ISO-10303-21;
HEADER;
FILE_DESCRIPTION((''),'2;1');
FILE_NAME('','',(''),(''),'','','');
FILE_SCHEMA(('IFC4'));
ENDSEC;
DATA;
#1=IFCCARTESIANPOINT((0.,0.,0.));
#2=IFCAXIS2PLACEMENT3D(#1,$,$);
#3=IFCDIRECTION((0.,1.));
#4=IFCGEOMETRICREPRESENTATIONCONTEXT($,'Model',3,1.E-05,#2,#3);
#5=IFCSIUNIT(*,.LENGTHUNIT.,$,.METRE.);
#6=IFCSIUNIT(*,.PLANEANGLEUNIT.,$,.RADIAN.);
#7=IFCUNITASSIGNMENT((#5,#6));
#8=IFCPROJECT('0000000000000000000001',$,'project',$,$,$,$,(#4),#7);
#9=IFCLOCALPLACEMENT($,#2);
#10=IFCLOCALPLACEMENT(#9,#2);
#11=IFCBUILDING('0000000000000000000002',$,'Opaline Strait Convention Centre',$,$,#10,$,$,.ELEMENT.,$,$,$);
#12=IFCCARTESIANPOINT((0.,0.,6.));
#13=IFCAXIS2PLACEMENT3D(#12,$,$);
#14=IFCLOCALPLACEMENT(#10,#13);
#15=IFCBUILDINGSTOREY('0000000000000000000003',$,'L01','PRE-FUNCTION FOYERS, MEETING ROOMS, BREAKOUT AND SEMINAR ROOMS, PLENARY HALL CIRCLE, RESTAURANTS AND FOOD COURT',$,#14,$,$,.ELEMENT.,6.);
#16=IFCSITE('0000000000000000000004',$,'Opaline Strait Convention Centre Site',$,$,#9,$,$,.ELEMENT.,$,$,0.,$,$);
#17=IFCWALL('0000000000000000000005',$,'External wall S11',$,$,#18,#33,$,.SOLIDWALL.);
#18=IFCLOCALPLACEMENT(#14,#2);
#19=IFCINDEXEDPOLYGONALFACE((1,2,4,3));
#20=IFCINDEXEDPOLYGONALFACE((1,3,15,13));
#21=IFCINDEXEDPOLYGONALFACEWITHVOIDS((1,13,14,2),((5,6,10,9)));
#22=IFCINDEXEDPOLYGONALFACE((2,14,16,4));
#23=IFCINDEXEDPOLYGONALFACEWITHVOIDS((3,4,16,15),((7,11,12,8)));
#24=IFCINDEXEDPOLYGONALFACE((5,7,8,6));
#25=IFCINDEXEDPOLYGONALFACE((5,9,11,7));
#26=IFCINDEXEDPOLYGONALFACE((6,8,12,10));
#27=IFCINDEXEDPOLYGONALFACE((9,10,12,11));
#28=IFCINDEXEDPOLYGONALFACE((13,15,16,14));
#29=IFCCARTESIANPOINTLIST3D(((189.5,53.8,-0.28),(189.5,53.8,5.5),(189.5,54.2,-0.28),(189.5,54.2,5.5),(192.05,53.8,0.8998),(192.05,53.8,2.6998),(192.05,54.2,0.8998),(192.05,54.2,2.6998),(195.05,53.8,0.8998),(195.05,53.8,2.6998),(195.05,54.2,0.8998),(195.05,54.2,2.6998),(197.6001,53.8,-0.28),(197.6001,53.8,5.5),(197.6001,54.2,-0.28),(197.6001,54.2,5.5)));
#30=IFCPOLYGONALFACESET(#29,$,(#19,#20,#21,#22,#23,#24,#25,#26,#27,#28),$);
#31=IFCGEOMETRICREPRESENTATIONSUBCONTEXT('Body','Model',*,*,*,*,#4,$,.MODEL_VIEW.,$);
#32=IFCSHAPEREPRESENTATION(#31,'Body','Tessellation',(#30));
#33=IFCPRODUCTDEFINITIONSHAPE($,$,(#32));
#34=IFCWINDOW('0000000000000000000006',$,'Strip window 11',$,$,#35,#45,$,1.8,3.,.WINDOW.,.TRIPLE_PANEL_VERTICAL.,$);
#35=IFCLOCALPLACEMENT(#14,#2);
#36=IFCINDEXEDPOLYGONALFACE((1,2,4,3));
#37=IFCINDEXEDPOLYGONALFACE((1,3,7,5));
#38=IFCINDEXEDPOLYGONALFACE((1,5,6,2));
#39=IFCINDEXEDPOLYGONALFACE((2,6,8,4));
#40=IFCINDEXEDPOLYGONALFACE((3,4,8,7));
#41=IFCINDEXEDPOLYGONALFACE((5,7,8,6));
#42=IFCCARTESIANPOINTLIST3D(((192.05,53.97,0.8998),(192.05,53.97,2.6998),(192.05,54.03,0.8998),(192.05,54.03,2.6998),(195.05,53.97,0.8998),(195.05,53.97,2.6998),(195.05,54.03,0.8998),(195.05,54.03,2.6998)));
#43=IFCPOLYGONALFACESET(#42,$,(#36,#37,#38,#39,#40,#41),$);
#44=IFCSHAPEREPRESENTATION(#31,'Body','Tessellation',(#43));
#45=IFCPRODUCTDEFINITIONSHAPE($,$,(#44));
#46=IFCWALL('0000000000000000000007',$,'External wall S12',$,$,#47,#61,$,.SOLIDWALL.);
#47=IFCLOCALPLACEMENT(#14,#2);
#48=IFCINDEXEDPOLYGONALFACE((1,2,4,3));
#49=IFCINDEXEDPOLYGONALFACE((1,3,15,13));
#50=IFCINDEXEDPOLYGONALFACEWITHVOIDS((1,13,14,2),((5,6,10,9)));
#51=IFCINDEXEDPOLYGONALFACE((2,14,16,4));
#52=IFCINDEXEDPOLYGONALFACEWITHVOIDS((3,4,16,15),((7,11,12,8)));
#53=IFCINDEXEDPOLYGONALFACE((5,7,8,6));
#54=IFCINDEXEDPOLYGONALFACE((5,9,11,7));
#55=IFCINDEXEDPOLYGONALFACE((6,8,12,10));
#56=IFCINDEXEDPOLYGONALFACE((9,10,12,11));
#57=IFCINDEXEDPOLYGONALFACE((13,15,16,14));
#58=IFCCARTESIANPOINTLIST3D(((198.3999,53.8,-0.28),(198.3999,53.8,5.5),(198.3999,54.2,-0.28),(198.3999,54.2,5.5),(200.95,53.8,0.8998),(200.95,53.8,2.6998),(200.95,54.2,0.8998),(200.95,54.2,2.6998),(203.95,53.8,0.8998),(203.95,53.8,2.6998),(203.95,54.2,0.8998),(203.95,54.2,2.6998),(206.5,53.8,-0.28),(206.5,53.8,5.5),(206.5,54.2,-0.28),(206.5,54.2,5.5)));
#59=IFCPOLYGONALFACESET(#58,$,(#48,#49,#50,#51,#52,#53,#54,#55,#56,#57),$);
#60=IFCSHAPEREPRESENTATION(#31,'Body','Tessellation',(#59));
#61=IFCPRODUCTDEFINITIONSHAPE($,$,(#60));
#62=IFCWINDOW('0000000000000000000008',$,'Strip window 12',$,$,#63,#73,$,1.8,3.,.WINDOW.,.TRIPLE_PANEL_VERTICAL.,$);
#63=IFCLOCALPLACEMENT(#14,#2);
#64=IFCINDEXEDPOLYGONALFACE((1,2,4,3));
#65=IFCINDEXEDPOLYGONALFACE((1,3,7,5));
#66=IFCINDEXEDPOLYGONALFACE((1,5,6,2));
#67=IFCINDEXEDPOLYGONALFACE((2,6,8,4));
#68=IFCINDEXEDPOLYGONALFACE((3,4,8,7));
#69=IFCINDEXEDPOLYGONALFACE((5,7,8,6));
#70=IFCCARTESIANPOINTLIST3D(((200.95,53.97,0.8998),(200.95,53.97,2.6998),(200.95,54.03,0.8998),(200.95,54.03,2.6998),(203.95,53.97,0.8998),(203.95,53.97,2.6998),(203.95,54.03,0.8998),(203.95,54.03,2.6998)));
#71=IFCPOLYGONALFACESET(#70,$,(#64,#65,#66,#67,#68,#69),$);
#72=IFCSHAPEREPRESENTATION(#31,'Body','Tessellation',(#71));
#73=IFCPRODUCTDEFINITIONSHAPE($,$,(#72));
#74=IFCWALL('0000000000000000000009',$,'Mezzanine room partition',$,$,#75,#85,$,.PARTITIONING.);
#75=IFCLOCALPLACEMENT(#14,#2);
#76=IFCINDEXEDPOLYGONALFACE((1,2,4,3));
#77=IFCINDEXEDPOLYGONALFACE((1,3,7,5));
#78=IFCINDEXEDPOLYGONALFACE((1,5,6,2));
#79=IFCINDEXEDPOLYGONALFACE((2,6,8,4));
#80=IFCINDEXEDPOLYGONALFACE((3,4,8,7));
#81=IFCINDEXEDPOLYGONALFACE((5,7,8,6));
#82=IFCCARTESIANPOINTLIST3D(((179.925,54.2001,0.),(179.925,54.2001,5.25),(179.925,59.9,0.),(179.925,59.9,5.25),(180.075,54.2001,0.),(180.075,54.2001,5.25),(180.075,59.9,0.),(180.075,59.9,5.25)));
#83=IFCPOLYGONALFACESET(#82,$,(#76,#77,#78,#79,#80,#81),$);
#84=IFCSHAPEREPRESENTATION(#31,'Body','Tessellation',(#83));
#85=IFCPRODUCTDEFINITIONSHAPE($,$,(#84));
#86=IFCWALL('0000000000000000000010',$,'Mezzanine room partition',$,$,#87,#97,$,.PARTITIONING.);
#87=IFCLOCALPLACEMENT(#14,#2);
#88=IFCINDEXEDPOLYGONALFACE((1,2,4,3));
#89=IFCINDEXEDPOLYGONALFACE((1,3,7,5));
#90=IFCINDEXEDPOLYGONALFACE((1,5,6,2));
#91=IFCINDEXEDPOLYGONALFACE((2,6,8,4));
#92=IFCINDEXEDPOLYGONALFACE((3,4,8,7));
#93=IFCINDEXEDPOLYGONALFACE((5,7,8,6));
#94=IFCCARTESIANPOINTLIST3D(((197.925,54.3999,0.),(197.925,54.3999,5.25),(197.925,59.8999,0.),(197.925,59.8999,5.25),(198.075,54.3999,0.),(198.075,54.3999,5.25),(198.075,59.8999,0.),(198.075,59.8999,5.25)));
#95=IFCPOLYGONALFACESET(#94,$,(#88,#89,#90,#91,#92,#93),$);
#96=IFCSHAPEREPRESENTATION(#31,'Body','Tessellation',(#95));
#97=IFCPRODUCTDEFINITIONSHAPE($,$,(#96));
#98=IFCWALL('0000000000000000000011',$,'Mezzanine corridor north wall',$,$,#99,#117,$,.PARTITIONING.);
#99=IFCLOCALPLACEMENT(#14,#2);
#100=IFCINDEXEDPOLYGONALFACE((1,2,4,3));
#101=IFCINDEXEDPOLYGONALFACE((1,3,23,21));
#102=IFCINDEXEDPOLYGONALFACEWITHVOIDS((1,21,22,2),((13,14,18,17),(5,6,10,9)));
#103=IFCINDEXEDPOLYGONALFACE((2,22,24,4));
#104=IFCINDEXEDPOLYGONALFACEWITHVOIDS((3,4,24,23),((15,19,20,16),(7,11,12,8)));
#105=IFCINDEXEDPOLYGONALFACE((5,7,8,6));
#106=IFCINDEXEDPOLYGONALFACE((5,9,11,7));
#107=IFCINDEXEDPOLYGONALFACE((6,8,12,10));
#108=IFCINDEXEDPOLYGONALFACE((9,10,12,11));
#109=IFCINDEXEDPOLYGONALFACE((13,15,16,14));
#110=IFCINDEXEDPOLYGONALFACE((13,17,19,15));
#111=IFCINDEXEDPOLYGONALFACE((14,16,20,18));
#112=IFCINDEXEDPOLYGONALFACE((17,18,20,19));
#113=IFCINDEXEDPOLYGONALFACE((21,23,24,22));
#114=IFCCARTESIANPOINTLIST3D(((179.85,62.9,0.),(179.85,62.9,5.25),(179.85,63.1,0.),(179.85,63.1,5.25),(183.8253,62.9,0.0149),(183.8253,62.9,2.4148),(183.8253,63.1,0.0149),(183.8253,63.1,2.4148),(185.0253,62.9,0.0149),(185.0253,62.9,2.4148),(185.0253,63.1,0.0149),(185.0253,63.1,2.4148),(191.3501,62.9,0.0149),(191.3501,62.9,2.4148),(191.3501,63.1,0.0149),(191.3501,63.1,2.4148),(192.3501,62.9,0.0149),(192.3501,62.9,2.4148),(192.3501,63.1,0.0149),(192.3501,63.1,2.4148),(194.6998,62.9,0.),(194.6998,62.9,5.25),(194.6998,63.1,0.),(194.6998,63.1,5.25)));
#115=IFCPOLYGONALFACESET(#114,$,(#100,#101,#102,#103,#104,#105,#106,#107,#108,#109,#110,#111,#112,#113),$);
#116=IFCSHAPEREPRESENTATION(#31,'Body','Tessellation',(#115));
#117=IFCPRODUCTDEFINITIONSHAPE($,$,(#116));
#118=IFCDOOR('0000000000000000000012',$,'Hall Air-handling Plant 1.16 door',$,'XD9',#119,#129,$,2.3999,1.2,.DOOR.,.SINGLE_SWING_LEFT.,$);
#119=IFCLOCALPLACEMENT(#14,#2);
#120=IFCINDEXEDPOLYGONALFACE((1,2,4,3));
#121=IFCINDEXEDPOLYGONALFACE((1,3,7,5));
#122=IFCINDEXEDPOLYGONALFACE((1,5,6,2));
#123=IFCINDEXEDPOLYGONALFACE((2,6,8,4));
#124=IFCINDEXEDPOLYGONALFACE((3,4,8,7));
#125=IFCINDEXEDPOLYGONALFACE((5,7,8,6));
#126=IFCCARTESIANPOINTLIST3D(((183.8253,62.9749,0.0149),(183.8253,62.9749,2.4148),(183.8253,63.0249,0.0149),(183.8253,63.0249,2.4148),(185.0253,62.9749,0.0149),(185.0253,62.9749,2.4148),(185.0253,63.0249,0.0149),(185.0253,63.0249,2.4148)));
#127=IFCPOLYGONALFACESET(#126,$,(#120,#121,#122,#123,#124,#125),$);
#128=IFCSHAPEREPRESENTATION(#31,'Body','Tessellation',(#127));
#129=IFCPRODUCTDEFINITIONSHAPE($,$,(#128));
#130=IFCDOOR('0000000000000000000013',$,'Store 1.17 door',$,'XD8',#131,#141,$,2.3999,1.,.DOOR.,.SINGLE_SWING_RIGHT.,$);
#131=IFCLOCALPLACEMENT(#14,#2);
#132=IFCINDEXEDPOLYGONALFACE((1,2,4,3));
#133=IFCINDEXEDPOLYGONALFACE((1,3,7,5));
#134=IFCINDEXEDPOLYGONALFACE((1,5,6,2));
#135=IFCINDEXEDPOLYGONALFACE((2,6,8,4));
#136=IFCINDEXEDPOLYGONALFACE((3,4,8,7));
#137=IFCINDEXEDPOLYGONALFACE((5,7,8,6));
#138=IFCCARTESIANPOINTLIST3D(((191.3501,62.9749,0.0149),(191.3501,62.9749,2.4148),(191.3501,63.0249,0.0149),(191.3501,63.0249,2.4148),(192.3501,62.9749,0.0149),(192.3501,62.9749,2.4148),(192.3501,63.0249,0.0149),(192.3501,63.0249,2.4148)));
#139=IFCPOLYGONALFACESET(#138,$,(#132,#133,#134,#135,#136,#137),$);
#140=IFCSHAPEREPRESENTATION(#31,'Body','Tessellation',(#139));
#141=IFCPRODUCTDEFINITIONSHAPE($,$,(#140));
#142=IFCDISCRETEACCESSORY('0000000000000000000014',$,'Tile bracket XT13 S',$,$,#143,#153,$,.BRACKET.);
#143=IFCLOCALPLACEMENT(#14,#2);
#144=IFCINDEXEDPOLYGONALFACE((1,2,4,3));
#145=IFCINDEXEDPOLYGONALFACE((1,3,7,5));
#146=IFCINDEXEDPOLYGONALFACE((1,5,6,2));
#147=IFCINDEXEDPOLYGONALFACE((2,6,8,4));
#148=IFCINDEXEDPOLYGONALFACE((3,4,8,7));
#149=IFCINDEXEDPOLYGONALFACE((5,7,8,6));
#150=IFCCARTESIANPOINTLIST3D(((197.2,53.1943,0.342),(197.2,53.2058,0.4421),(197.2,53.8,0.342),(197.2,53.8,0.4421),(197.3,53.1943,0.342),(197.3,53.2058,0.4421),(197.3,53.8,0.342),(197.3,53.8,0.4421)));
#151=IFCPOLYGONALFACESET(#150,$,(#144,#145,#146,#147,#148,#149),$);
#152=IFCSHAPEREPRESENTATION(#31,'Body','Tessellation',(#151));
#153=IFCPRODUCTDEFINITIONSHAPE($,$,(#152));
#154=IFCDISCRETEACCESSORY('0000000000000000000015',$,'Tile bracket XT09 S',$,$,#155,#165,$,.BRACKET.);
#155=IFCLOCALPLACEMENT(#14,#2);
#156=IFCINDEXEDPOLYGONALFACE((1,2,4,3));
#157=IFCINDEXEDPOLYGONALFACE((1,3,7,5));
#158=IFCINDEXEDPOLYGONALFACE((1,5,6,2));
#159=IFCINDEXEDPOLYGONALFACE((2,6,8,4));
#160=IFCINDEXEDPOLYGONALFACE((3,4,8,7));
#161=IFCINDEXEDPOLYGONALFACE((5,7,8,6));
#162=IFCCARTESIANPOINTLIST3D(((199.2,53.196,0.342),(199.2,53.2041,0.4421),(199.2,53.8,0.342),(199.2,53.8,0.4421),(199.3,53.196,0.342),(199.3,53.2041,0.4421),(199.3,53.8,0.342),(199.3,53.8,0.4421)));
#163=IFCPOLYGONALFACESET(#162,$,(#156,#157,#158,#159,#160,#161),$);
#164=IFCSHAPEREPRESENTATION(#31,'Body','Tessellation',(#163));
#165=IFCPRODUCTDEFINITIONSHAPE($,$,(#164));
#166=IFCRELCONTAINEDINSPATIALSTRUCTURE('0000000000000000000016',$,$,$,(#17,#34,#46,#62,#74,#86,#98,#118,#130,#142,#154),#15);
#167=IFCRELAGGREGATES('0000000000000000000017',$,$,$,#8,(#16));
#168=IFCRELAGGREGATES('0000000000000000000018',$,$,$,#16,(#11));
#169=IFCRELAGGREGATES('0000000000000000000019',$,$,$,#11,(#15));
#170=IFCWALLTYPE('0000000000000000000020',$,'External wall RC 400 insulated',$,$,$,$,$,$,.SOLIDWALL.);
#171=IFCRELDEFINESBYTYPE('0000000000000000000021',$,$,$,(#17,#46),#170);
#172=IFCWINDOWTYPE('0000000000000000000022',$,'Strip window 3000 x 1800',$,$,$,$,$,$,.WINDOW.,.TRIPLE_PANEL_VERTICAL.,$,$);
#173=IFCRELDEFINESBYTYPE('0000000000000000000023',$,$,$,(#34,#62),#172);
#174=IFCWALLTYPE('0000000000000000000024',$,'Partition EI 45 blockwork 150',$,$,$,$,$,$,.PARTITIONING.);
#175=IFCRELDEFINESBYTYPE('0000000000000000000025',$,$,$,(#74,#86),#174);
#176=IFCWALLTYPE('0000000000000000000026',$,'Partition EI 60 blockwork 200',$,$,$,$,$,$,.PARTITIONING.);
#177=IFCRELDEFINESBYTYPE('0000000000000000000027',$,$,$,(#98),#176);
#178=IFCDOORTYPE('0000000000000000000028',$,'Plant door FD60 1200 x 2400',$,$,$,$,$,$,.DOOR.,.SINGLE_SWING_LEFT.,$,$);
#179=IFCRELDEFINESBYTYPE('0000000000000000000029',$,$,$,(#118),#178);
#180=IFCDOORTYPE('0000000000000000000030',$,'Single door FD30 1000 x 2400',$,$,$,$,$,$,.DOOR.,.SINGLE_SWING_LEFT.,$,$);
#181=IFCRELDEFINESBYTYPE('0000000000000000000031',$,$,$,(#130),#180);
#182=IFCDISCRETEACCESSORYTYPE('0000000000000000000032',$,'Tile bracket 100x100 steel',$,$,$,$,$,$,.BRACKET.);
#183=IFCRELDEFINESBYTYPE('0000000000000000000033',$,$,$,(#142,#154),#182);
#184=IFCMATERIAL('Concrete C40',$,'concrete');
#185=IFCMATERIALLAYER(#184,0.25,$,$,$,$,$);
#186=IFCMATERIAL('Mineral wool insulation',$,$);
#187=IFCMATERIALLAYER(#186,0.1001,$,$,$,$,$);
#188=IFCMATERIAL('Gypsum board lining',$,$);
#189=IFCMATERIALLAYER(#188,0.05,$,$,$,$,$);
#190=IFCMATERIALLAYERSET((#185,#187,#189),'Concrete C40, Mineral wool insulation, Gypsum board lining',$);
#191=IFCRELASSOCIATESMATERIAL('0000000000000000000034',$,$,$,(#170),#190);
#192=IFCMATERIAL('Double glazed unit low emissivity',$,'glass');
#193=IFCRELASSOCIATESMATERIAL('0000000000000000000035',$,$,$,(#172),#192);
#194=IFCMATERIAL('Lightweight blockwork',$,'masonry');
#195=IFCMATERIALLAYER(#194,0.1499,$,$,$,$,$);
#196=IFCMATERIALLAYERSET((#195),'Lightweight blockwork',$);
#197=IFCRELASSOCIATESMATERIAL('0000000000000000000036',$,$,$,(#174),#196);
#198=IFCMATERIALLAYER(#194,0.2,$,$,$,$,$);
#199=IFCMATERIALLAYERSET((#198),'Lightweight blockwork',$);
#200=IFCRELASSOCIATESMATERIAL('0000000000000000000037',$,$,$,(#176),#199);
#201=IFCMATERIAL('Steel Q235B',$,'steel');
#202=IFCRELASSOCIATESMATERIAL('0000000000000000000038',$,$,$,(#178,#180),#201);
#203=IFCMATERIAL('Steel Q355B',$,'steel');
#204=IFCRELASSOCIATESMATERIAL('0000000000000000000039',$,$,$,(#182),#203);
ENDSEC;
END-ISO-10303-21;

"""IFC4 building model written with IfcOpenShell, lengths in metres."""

from ifc_helpers import new_model, si_unit, direction, frame, frame_2d, origin, place, context, subcontext, project, spatial, polyline, rectangle, outline, extrude, material, layer, layer_set, type_object, element, fill, save


model = new_model("IFC4")

# Units and contexts
model_context = context("Model", 3, precision=1e-05, world=origin(), true_north=direction((0.0, 1.0)))
body_context = subcontext(model_context, "Body", "Model", "MODEL_VIEW")
ifc_project = project(units=[si_unit("LENGTHUNIT", "METRE"), si_unit("PLANEANGLEUNIT", "RADIAN")], contexts=[model_context])

# Site, building, storey
site_placement = place(None, origin())
site = spatial("IfcSite", under=ifc_project, at=site_placement, Name="Opaline Strait Convention Centre Site", CompositionType="ELEMENT", RefElevation=0.0)
building_placement = place(site_placement, origin())
building = spatial("IfcBuilding", under=site, at=building_placement, Name="Opaline Strait Convention Centre", CompositionType="ELEMENT")
storey_placement = place(building_placement, frame((0.0, 0.0, 6.0)))
storey = spatial("IfcBuildingStorey", under=building, at=storey_placement, Name="L01", Description="PRE-FUNCTION FOYERS, MEETING ROOMS, BREAKOUT AND SEMINAR ROOMS, PLENARY HALL CIRCLE, RESTAURANTS AND FOOD COURT", CompositionType="ELEMENT", Elevation=6.0)

# Shared definitions
ifc_material_1 = material(Name="Steel Q355B", Category="steel")
ifc_material_2 = material(Name="Concrete C40", Category="concrete")

# Walls, openings, windows
ifc_layer_1 = layer(ifc_material_2, 0.25)
ifc_material_3 = material(Name="Mineral wool insulation")
ifc_layer_2 = layer(ifc_material_3, 0.1001)
ifc_material_4 = material(Name="Gypsum board lining")
ifc_layer_3 = layer(ifc_material_4, 0.05)
ifc_layer_set_1 = layer_set([ifc_layer_1, ifc_layer_2, ifc_layer_3], Name="Concrete C40, Mineral wool insulation, Gypsum board lining")
wall_type_1 = type_object("IfcWallType", Name="External wall RC 400 insulated", PredefinedType="SOLIDWALL", material=ifc_layer_set_1)
ifc_material_5 = material(Name="Double glazed unit low emissivity", Category="glass")
window_type = type_object("IfcWindowType", Name="Strip window 3000 x 1800", PartitioningType="TRIPLE_PANEL_VERTICAL", PredefinedType="WINDOW", material=ifc_material_5)
wall_1_placement = place(storey_placement, frame((189.5, 54.0, -0.28), z_axis=(0.0, 0.0, 1.0), x_axis=(1.0, 0.0, 0.0)))
wall_1 = element("IfcWall", 1, at=wall_1_placement, inside=storey, type_object=wall_type_1, Name="External wall S11", PredefinedType="SOLIDWALL", context=body_context, shape_type="SweptSolid", body=[
    extrude(rectangle(XDim=8.1001, YDim=0.3999, at=frame_2d((4.05, 0.0))), origin(), (0.0, 0.0, 1.0), 5.78),
])
opening_1_placement = place(wall_1_placement, frame((2.55, 0.0, 1.1799)))
opening_1 = element("IfcOpeningElement", 2, at=opening_1_placement, cuts=wall_1, PredefinedType="OPENING", context=body_context, shape_type="SweptSolid", body=[
    extrude(rectangle(XDim=3.0, YDim=1.8, at=frame_2d((1.5, 0.8999))), frame((0.0, 0.21, 0.0), z_axis=(0.0, -1.0, 0.0), x_axis=(1.0, 0.0, 0.0)), (0.0, 0.0, 1.0), 0.4199),
])
window_1_placement = place(opening_1_placement, origin())
window_1 = element("IfcWindow", 3, at=window_1_placement, inside=storey, type_object=window_type, Name="Strip window 11", OverallHeight=1.8, OverallWidth=3.0, PartitioningType="TRIPLE_PANEL_VERTICAL", PredefinedType="WINDOW", context=body_context, shape_type="SweptSolid", body=[
    extrude(rectangle(XDim=3.0, YDim=1.8, at=frame_2d((1.5, 0.8999))), frame((0.0, 0.03, 0.0), z_axis=(0.0, -1.0, 0.0), x_axis=(1.0, 0.0, 0.0)), (0.0, 0.0, 1.0), 0.0601),
])
fill(opening_1, window_1)
wall_2_placement = place(storey_placement, frame((198.3999, 54.0, -0.28), z_axis=(0.0, 0.0, 1.0), x_axis=(1.0, 0.0, 0.0)))
wall_2 = element("IfcWall", 4, at=wall_2_placement, inside=storey, type_object=wall_type_1, Name="External wall S12", PredefinedType="SOLIDWALL", context=body_context, shape_type="SweptSolid", body=[
    extrude(rectangle(XDim=8.1001, YDim=0.3999, at=frame_2d((4.05, 0.0))), origin(), (0.0, 0.0, 1.0), 5.78),
])
opening_2_placement = place(wall_2_placement, frame((2.55, 0.0, 1.1799)))
opening_2 = element("IfcOpeningElement", 5, at=opening_2_placement, cuts=wall_2, PredefinedType="OPENING", context=body_context, shape_type="SweptSolid", body=[
    extrude(rectangle(XDim=3.0, YDim=1.8, at=frame_2d((1.5, 0.8999))), frame((0.0, 0.21, 0.0), z_axis=(0.0, -1.0, 0.0), x_axis=(1.0, 0.0, 0.0)), (0.0, 0.0, 1.0), 0.4199),
])
window_2_placement = place(opening_2_placement, origin())
window_2 = element("IfcWindow", 6, at=window_2_placement, inside=storey, type_object=window_type, Name="Strip window 12", OverallHeight=1.8, OverallWidth=3.0, PartitioningType="TRIPLE_PANEL_VERTICAL", PredefinedType="WINDOW", context=body_context, shape_type="SweptSolid", body=[
    extrude(rectangle(XDim=3.0, YDim=1.8, at=frame_2d((1.5, 0.8999))), frame((0.0, 0.03, 0.0), z_axis=(0.0, -1.0, 0.0), x_axis=(1.0, 0.0, 0.0)), (0.0, 0.0, 1.0), 0.0601),
])
fill(opening_2, window_2)

# Walls
ifc_material_6 = material(Name="Lightweight blockwork", Category="masonry")
ifc_layer_4 = layer(ifc_material_6, 0.1499)
ifc_layer_set_2 = layer_set([ifc_layer_4], Name="Lightweight blockwork")
wall_type_2 = type_object("IfcWallType", Name="Partition EI 45 blockwork 150", PredefinedType="PARTITIONING", material=ifc_layer_set_2)
wall_3_placement = place(storey_placement, frame((180.0, 54.2, 0.0), z_axis=(0.0, 0.0, 1.0), x_axis=(0.0, 1.0, 0.0)))
element("IfcWall", 7, at=wall_3_placement, inside=storey, type_object=wall_type_2, Name="Mezzanine room partition", PredefinedType="PARTITIONING", context=body_context, shape_type="SweptSolid", body=[
    extrude(rectangle(XDim=5.7, YDim=0.1499, at=frame_2d((2.8501, 0.0))), origin(), (0.0, 0.0, 1.0), 5.25),
])
wall_4_placement = place(storey_placement, frame((198.0, 54.3999, 0.0), z_axis=(0.0, 0.0, 1.0), x_axis=(0.0, 1.0, 0.0)))
element("IfcWall", 8, at=wall_4_placement, inside=storey, type_object=wall_type_2, Name="Mezzanine room partition", PredefinedType="PARTITIONING", context=body_context, shape_type="SweptSolid", body=[
    extrude(rectangle(XDim=5.5, YDim=0.1499, at=frame_2d((2.75, 0.0))), origin(), (0.0, 0.0, 1.0), 5.25),
])

# Wall, openings, doors
ifc_layer_5 = layer(ifc_material_6, 0.2)
ifc_layer_set_3 = layer_set([ifc_layer_5], Name="Lightweight blockwork")
wall_type_3 = type_object("IfcWallType", Name="Partition EI 60 blockwork 200", PredefinedType="PARTITIONING", material=ifc_layer_set_3)
wall_5_placement = place(storey_placement, frame((179.8501, 63.0, 0.0), z_axis=(0.0, 0.0, 1.0), x_axis=(1.0, 0.0, 0.0)))
wall_5 = element("IfcWall", 9, at=wall_5_placement, inside=storey, type_object=wall_type_3, Name="Mezzanine corridor north wall", PredefinedType="PARTITIONING", context=body_context, shape_type="SweptSolid", body=[
    extrude(rectangle(XDim=14.8499, YDim=0.2, at=frame_2d((7.4248, 0.0))), origin(), (0.0, 0.0, 1.0), 5.25),
])
opening_3_placement = place(wall_5_placement, frame((3.9751, 0.0, 0.0149)))
opening_3 = element("IfcOpeningElement", 10, at=opening_3_placement, cuts=wall_5, PredefinedType="OPENING", context=body_context, shape_type="SweptSolid", body=[
    extrude(rectangle(XDim=1.2, YDim=2.3999, at=frame_2d((0.6001, 1.2))), frame((0.0, 0.1099, 0.0), z_axis=(0.0, -1.0, 0.0), x_axis=(1.0, 0.0, 0.0)), (0.0, 0.0, 1.0), 0.22),
])
opening_4_placement = place(wall_5_placement, frame((11.5, 0.0, 0.0149)))
opening_4 = element("IfcOpeningElement", 11, at=opening_4_placement, cuts=wall_5, PredefinedType="OPENING", context=body_context, shape_type="SweptSolid", body=[
    extrude(rectangle(XDim=1.0, YDim=2.3999, at=frame_2d((0.5, 1.2))), frame((0.0, 0.1099, 0.0), z_axis=(0.0, -1.0, 0.0), x_axis=(1.0, 0.0, 0.0)), (0.0, 0.0, 1.0), 0.22),
])
ifc_material_7 = material(Name="Steel Q235B", Category="steel")
door_type_1 = type_object("IfcDoorType", Name="Plant door FD60 1200 x 2400", OperationType="SINGLE_SWING_LEFT", PredefinedType="DOOR", material=ifc_material_7)
door_1_placement = place(opening_3_placement, origin())
door_1 = element("IfcDoor", 12, at=door_1_placement, inside=storey, type_object=door_type_1, Name="Hall Air-handling Plant 1.16 door", ObjectType="XD9", OperationType="SINGLE_SWING_LEFT", OverallHeight=2.3999, OverallWidth=1.2, PredefinedType="DOOR", context=body_context, shape_type="SweptSolid", body=[
    extrude(rectangle(XDim=1.2, YDim=2.3999, at=frame_2d((0.6001, 1.2))), frame((0.0, 0.0249, 0.0), z_axis=(0.0, -1.0, 0.0), x_axis=(1.0, 0.0, 0.0)), (0.0, 0.0, 1.0), 0.05),
])
fill(opening_3, door_1)
door_type_2 = type_object("IfcDoorType", Name="Single door FD30 1000 x 2400", OperationType="SINGLE_SWING_LEFT", PredefinedType="DOOR", material=ifc_material_7)
door_2_placement = place(opening_4_placement, origin())
door_2 = element("IfcDoor", 13, at=door_2_placement, inside=storey, type_object=door_type_2, Name="Store 1.17 door", ObjectType="XD8", OperationType="SINGLE_SWING_RIGHT", OverallHeight=2.3999, OverallWidth=1.0, PredefinedType="DOOR", context=body_context, shape_type="SweptSolid", body=[
    extrude(rectangle(XDim=1.0, YDim=2.3999, at=frame_2d((0.5, 1.2))), frame((0.0, 0.0249, 0.0), z_axis=(0.0, -1.0, 0.0), x_axis=(1.0, 0.0, 0.0)), (0.0, 0.0, 1.0), 0.05),
])
fill(opening_4, door_2)

# Discrete accessories
discrete_accessory_type = type_object("IfcDiscreteAccessoryType", Name="Tile bracket 100x100 steel", PredefinedType="BRACKET", material=ifc_material_1)
discrete_accessory_1_placement = place(storey_placement, frame((197.2, 53.8, 0.3921), z_axis=(1.0, 0.0, 0.0), x_axis=(0.0, 1.0, 0.0)))
element("IfcDiscreteAccessory", 14, at=discrete_accessory_1_placement, inside=storey, type_object=discrete_accessory_type, Name="Tile bracket XT13 S", PredefinedType="BRACKET", context=body_context, shape_type="SweptSolid", body=[
    extrude(outline(polyline([(0.0, -0.05), (0.0, 0.05), (-0.5942, 0.05), (-0.6057, -0.05), (0.0, -0.05)])), origin(), (0.0, 0.0, 1.0), 0.1001),
])
discrete_accessory_2_placement = place(storey_placement, frame((199.2, 53.8, 0.3921), z_axis=(1.0, 0.0, 0.0), x_axis=(0.0, 1.0, 0.0)))
element("IfcDiscreteAccessory", 15, at=discrete_accessory_2_placement, inside=storey, type_object=discrete_accessory_type, Name="Tile bracket XT09 S", PredefinedType="BRACKET", context=body_context, shape_type="SweptSolid", body=[
    extrude(outline(polyline([(0.0, -0.05), (0.0, 0.05), (-0.5959, 0.05), (-0.604, -0.05), (0.0, -0.05)])), origin(), (0.0, 0.0, 1.0), 0.1001),
])

save(model, "model.ifc")
